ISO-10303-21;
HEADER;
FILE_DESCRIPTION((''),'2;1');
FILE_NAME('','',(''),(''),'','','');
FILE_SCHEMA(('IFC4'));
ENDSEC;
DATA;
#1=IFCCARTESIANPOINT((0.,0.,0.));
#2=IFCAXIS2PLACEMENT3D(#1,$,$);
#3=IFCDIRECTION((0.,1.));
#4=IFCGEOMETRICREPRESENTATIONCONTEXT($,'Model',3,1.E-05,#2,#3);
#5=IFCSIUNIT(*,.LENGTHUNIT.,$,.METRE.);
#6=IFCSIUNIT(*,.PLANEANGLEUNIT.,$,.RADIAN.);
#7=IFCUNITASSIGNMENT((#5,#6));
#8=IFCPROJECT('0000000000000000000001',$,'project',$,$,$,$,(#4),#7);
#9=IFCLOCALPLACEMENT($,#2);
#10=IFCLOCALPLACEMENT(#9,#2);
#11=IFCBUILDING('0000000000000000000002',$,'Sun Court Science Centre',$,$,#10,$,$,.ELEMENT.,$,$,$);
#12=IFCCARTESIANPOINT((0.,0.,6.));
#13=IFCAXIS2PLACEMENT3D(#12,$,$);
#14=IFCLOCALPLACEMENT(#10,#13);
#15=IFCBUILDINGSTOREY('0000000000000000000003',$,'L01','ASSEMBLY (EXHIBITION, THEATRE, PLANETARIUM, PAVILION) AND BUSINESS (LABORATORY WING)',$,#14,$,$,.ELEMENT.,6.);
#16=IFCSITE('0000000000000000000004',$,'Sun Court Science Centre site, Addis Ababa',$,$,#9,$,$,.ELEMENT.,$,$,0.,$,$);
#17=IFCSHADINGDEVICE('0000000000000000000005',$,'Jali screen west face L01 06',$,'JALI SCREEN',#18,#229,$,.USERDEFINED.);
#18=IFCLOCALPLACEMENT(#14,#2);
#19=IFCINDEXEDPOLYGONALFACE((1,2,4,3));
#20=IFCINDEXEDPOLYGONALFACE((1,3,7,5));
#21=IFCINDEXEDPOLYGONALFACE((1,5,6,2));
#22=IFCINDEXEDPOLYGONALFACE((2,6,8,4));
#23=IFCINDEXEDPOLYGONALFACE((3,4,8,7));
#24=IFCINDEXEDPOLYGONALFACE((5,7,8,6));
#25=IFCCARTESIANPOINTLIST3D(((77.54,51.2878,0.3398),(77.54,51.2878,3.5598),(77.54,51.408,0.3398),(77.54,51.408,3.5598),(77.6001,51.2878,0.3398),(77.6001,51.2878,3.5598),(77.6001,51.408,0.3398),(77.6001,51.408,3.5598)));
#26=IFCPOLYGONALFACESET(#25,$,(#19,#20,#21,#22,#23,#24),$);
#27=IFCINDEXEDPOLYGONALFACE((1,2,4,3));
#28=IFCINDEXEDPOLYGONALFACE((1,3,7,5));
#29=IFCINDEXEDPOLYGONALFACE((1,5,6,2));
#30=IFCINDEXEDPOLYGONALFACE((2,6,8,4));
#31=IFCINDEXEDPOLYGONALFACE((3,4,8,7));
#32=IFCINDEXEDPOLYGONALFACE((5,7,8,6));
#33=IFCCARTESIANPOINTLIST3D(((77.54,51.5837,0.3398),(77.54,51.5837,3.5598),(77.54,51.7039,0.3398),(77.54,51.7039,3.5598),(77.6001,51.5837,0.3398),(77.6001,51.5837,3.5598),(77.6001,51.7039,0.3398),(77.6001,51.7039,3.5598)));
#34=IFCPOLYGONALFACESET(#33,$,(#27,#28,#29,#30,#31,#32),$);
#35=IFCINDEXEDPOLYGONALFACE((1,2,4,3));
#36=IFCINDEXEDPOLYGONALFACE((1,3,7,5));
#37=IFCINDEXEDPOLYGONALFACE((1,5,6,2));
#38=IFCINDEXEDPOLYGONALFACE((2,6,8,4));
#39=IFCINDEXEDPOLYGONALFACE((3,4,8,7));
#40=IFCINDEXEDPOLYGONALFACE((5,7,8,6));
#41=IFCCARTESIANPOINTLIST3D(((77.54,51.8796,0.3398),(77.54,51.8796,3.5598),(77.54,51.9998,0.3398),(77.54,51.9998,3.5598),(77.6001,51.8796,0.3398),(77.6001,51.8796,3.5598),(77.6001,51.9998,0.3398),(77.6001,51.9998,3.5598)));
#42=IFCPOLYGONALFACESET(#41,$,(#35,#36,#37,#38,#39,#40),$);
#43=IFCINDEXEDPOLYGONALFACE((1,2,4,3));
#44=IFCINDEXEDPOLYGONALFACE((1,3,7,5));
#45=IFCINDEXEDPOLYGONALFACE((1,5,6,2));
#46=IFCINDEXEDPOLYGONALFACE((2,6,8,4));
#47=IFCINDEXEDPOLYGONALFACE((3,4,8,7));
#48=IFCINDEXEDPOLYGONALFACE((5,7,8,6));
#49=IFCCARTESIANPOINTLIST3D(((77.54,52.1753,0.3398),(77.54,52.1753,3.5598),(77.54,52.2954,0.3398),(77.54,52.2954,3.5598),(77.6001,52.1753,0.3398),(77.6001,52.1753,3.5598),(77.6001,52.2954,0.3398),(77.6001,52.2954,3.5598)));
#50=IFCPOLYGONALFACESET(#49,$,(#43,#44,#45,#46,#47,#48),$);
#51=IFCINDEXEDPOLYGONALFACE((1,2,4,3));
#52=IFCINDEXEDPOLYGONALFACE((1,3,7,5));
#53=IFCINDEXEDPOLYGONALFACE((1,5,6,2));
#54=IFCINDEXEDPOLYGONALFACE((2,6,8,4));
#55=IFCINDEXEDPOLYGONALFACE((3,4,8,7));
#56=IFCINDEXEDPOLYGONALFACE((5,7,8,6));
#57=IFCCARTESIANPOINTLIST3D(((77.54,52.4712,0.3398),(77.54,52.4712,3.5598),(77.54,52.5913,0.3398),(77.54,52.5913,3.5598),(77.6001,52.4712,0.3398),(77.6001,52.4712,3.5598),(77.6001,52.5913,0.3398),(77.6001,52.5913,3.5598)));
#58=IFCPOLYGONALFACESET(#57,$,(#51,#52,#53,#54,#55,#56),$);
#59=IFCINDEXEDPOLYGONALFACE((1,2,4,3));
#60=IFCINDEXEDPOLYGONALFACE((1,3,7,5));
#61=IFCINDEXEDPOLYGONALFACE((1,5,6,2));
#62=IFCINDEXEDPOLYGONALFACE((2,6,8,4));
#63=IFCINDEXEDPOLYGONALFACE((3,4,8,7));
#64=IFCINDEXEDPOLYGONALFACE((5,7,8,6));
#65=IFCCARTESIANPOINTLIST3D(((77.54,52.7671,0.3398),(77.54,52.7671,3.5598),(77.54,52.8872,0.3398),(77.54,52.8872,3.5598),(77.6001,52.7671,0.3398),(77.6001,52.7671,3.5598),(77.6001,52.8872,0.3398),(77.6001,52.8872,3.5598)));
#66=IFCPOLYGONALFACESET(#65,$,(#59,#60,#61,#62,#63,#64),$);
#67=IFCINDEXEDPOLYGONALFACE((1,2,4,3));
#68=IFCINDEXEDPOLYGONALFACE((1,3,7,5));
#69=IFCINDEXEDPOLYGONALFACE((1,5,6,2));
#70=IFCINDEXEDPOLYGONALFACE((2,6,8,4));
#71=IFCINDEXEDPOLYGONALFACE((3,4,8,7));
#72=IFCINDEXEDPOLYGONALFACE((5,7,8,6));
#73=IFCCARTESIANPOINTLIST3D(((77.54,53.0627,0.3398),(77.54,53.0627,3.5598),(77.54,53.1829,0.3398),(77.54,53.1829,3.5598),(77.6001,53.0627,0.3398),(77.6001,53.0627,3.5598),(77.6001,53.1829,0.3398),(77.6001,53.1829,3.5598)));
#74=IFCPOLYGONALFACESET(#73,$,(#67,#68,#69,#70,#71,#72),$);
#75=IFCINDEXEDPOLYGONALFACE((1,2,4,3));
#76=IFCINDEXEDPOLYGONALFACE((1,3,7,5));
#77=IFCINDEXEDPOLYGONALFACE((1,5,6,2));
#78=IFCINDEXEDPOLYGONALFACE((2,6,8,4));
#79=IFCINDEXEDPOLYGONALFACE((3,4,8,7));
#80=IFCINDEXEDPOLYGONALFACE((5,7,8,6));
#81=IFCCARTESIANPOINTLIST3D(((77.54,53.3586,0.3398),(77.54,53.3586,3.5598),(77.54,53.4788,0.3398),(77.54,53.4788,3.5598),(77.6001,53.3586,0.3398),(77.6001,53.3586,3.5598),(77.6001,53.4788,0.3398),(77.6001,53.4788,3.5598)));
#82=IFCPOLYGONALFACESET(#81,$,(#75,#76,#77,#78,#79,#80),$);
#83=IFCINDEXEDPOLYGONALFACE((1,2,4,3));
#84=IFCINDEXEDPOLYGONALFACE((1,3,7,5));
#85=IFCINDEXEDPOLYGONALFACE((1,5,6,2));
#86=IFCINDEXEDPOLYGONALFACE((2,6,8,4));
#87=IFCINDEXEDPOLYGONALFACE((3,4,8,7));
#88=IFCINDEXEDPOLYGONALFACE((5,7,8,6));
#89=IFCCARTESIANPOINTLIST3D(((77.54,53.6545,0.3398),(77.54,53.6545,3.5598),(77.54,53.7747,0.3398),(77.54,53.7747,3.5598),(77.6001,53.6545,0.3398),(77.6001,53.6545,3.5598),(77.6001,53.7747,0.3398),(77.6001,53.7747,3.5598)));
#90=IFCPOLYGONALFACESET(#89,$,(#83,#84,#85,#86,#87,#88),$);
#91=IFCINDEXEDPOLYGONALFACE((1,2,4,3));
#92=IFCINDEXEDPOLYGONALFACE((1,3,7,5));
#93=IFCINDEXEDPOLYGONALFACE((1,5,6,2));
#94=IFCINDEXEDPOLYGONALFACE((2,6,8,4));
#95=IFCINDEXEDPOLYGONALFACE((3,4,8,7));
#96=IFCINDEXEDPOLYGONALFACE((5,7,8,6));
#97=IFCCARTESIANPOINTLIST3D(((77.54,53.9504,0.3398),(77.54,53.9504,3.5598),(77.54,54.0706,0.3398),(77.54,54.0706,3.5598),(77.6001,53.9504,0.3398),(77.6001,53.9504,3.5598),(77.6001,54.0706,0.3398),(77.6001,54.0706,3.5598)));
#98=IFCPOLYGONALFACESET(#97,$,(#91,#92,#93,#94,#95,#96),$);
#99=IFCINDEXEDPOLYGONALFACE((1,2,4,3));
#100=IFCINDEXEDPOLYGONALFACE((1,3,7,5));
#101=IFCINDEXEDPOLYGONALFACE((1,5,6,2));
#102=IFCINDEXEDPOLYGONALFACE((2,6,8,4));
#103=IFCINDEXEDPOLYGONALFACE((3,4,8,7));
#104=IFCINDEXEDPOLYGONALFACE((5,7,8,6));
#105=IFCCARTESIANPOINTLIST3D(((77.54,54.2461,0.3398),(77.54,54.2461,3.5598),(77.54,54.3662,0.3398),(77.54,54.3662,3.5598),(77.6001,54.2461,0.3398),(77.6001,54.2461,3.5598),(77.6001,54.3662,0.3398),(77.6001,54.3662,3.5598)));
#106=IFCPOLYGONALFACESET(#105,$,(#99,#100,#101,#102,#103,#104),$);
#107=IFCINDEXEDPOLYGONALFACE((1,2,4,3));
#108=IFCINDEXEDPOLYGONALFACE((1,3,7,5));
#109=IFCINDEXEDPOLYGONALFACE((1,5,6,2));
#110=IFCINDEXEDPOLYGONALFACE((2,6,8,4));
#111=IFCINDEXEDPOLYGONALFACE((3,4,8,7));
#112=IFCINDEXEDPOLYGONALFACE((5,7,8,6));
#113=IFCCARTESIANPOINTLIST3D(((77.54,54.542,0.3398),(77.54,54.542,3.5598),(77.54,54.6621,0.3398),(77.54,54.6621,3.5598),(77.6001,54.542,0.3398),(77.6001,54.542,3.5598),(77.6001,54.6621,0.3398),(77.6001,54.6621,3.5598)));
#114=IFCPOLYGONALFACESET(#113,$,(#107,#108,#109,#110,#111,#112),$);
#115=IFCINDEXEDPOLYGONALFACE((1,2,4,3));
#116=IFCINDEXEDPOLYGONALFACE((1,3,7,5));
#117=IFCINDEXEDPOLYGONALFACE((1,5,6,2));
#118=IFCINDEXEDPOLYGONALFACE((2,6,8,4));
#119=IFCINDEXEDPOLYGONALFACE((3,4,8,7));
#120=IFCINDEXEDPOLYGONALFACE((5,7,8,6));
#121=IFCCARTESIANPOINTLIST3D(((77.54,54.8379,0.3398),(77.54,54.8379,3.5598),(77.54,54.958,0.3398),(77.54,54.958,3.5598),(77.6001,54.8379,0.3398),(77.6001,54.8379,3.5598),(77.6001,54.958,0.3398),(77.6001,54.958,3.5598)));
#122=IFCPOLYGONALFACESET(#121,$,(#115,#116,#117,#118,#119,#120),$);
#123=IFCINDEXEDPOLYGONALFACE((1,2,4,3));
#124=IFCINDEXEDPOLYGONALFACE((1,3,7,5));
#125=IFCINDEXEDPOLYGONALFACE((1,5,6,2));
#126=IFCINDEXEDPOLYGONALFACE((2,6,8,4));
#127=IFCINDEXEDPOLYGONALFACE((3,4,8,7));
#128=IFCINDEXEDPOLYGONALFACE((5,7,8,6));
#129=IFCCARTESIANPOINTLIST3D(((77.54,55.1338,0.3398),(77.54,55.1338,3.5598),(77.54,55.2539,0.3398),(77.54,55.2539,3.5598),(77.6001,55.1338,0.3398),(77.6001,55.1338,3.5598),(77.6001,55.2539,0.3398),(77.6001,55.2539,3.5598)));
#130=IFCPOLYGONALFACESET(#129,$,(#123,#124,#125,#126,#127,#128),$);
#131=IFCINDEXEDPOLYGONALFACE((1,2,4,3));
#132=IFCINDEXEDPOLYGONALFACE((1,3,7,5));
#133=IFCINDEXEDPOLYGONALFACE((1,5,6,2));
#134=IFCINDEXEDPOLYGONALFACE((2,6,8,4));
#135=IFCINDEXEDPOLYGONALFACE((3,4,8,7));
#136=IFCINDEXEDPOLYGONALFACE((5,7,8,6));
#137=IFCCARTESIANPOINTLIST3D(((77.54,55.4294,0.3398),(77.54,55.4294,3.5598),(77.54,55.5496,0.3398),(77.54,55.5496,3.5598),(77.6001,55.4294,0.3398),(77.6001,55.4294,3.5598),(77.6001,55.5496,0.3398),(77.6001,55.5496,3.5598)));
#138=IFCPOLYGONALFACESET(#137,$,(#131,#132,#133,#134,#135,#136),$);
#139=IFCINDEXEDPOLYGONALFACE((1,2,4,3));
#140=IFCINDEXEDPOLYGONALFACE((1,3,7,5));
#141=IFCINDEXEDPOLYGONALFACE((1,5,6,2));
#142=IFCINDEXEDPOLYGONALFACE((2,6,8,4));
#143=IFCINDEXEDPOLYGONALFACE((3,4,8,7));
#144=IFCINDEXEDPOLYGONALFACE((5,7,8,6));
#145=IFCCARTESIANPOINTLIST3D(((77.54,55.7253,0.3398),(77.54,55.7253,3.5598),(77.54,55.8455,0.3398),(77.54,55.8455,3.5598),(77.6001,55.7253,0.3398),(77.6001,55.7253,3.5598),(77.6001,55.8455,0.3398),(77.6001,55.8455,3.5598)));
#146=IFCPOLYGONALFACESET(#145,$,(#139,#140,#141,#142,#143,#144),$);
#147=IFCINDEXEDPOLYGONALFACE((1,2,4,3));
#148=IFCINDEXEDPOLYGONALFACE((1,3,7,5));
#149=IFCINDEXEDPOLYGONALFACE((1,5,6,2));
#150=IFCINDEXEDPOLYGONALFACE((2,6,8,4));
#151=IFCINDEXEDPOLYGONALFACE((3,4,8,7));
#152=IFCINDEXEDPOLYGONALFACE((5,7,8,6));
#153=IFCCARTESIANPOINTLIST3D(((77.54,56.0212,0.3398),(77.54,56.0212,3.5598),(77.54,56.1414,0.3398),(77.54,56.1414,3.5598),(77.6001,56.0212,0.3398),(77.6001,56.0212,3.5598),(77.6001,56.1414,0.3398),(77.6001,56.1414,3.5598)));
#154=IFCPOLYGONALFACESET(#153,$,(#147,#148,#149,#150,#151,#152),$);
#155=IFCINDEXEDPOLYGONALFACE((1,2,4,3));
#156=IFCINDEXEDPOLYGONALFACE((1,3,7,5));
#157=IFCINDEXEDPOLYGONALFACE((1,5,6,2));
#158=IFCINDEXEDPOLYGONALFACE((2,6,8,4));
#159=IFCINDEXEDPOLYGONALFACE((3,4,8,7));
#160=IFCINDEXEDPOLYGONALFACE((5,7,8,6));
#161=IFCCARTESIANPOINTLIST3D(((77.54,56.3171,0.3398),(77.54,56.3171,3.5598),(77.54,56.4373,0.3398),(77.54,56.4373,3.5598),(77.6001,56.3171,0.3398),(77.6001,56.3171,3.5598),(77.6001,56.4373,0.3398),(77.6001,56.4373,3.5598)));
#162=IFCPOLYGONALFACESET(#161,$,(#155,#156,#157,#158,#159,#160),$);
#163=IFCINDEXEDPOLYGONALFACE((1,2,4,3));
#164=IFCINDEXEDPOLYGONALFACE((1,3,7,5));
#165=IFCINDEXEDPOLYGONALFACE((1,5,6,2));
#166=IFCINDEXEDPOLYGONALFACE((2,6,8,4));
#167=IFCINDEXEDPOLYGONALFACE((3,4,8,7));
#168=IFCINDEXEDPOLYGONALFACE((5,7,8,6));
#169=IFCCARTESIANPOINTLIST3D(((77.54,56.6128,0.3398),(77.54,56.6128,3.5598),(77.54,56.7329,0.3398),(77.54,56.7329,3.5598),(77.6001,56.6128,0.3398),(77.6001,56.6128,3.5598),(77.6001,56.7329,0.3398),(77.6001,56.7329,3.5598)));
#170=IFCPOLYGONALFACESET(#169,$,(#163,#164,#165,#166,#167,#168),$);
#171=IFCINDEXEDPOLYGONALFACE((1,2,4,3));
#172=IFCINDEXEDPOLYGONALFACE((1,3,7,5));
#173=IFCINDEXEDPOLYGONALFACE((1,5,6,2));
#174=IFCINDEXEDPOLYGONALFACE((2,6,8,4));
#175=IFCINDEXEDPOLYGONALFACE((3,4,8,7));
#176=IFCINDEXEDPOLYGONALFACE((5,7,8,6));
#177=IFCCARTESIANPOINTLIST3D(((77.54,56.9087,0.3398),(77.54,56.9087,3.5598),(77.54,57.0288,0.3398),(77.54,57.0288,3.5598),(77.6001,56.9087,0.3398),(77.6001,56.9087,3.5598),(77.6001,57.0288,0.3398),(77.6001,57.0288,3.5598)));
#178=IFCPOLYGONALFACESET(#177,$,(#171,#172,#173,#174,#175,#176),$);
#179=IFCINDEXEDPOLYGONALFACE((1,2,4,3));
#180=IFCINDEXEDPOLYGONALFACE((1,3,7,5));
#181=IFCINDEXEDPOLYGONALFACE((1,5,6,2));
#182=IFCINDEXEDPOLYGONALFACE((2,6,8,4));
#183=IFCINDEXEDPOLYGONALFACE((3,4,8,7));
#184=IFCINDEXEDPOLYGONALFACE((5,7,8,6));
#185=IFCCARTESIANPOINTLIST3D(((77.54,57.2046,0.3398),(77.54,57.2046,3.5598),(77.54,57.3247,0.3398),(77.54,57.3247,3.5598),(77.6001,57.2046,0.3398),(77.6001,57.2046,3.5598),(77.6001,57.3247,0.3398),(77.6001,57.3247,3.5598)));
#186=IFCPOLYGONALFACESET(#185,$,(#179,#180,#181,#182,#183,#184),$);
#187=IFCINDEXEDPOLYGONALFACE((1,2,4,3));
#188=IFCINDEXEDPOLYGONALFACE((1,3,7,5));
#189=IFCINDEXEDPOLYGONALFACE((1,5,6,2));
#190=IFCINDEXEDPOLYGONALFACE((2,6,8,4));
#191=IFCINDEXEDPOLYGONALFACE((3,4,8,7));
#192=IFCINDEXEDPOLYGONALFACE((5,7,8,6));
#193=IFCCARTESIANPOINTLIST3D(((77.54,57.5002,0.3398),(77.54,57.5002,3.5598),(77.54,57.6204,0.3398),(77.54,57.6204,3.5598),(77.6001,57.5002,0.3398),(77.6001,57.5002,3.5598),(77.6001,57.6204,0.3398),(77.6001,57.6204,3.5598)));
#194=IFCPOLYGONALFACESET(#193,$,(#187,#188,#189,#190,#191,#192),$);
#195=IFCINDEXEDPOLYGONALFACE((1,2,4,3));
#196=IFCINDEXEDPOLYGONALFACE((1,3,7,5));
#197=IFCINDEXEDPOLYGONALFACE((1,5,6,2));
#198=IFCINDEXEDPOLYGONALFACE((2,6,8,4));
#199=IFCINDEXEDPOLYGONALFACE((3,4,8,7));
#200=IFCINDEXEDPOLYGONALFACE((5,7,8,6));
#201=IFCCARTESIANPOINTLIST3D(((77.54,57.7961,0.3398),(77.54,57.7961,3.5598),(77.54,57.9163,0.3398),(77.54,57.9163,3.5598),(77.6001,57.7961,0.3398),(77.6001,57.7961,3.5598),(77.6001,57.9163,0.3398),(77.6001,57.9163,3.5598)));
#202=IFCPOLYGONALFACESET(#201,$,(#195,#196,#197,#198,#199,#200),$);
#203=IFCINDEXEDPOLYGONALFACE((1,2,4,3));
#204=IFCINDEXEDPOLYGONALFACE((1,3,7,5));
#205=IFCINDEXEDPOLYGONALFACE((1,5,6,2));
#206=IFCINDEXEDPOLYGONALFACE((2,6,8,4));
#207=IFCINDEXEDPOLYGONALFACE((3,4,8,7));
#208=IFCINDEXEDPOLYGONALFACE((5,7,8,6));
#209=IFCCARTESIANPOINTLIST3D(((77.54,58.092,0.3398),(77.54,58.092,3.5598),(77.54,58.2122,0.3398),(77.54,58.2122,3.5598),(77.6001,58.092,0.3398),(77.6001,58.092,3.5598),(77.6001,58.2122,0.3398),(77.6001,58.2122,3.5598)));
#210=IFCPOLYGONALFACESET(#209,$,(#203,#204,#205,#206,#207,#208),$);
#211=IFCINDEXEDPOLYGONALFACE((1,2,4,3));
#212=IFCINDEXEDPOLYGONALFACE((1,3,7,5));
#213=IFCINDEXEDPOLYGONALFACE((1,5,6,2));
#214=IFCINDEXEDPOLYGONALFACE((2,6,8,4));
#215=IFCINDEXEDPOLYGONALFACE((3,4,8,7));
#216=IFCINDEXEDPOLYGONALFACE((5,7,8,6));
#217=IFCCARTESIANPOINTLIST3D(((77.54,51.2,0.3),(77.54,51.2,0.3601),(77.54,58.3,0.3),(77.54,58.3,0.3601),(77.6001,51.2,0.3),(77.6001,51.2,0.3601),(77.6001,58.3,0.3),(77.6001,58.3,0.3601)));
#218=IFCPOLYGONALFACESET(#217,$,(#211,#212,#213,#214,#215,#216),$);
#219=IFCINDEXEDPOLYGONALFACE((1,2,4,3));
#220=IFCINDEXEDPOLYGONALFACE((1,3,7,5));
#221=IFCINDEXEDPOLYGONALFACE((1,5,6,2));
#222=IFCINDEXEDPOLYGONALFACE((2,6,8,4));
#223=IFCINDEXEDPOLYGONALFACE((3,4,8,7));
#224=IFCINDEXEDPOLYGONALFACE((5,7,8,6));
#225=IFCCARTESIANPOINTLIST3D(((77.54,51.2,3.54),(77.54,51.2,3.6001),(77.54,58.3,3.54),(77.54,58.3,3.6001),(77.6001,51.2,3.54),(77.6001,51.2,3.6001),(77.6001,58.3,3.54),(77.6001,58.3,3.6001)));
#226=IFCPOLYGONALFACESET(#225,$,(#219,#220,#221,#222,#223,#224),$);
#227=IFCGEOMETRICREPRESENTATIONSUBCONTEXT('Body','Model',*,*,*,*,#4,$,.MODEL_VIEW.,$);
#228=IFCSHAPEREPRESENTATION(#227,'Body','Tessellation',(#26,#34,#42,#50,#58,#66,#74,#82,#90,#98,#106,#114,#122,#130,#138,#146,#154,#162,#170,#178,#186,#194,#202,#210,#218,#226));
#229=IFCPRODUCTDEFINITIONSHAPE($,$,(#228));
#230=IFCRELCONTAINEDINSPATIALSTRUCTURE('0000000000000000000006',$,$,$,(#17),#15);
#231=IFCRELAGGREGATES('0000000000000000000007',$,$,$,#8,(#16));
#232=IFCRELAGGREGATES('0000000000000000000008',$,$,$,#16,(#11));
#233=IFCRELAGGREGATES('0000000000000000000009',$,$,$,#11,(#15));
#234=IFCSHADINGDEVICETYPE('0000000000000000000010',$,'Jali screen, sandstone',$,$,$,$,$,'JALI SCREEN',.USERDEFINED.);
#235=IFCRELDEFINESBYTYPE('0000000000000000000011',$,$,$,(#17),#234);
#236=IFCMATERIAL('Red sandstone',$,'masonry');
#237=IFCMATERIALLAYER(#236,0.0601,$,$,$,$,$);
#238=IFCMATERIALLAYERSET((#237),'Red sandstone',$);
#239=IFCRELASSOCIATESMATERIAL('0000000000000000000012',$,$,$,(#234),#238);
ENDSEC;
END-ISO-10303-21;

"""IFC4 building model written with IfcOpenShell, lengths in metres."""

from ifc_helpers import new_model, si_unit, direction, frame, origin, origin_2d, place, context, subcontext, project, spatial, rectangle, extrude, material, layer, layer_set, type_object, element, save


model = new_model("IFC4")

# Units and contexts
model_context = context("Model", 3, precision=1e-05, world=origin(), true_north=direction((0.0, 1.0)))
body_context = subcontext(model_context, "Body", "Model", "MODEL_VIEW")
ifc_project = project(units=[si_unit("LENGTHUNIT", "METRE"), si_unit("PLANEANGLEUNIT", "RADIAN")], contexts=[model_context])

# Site, building, storey
site_placement = place(None, origin())
site = spatial("IfcSite", under=ifc_project, at=site_placement, Name="Sun Court Science Centre site, Addis Ababa", CompositionType="ELEMENT", RefElevation=0.0)
building_placement = place(site_placement, origin())
building = spatial("IfcBuilding", under=site, at=building_placement, Name="Sun Court Science Centre", CompositionType="ELEMENT")
storey_placement = place(building_placement, frame((0.0, 0.0, 6.0)))
storey = spatial("IfcBuildingStorey", under=building, at=storey_placement, Name="L01", Description="ASSEMBLY (EXHIBITION, THEATRE, PLANETARIUM, PAVILION) AND BUSINESS (LABORATORY WING)", CompositionType="ELEMENT", Elevation=6.0)

# Shading device
ifc_material_1 = material(Name="Red sandstone", Category="masonry")
ifc_layer_1 = layer(ifc_material_1, 0.0601)
ifc_layer_set_1 = layer_set([ifc_layer_1], Name="Red sandstone")
shading_device_type = type_object("IfcShadingDeviceType", Name="Jali screen, sandstone", ElementType="JALI SCREEN", PredefinedType="USERDEFINED", material=ifc_layer_set_1)
shading_device_1_placement = place(storey_placement, frame((0.0, 0.0, -6.0)))
element("IfcShadingDevice", 1, at=shading_device_1_placement, inside=storey, type_object=shading_device_type, Name="Jali screen west face L01 06", ObjectType="JALI SCREEN", PredefinedType="USERDEFINED", context=body_context, shape_type="SweptSolid", body=[
    extrude(rectangle(XDim=0.1201, YDim=0.0601, at=origin_2d()), frame((77.5701, 51.3479, 6.3398), z_axis=(0.0, 0.0, 1.0), x_axis=(0.0, 1.0, 0.0)), (0.0, 0.0, 1.0), 3.22),
    extrude(rectangle(XDim=0.1201, YDim=0.0601, at=origin_2d()), frame((77.5701, 51.6438, 6.3398), z_axis=(0.0, 0.0, 1.0), x_axis=(0.0, 1.0, 0.0)), (0.0, 0.0, 1.0), 3.22),
    extrude(rectangle(XDim=0.1201, YDim=0.0601, at=origin_2d()), frame((77.5701, 51.9397, 6.3398), z_axis=(0.0, 0.0, 1.0), x_axis=(0.0, 1.0, 0.0)), (0.0, 0.0, 1.0), 3.22),
    extrude(rectangle(XDim=0.1201, YDim=0.0601, at=origin_2d()), frame((77.5701, 52.2354, 6.3398), z_axis=(0.0, 0.0, 1.0), x_axis=(0.0, 1.0, 0.0)), (0.0, 0.0, 1.0), 3.22),
    extrude(rectangle(XDim=0.1201, YDim=0.0601, at=origin_2d()), frame((77.5701, 52.5312, 6.3398), z_axis=(0.0, 0.0, 1.0), x_axis=(0.0, 1.0, 0.0)), (0.0, 0.0, 1.0), 3.22),
    extrude(rectangle(XDim=0.1201, YDim=0.0601, at=origin_2d()), frame((77.5701, 52.8271, 6.3398), z_axis=(0.0, 0.0, 1.0), x_axis=(0.0, 1.0, 0.0)), (0.0, 0.0, 1.0), 3.22),
    extrude(rectangle(XDim=0.1201, YDim=0.0601, at=origin_2d()), frame((77.5701, 53.1228, 6.3398), z_axis=(0.0, 0.0, 1.0), x_axis=(0.0, 1.0, 0.0)), (0.0, 0.0, 1.0), 3.22),
    extrude(rectangle(XDim=0.1201, YDim=0.0601, at=origin_2d()), frame((77.5701, 53.4187, 6.3398), z_axis=(0.0, 0.0, 1.0), x_axis=(0.0, 1.0, 0.0)), (0.0, 0.0, 1.0), 3.22),
    extrude(rectangle(XDim=0.1201, YDim=0.0601, at=origin_2d()), frame((77.5701, 53.7146, 6.3398), z_axis=(0.0, 0.0, 1.0), x_axis=(0.0, 1.0, 0.0)), (0.0, 0.0, 1.0), 3.22),
    extrude(rectangle(XDim=0.1201, YDim=0.0601, at=origin_2d()), frame((77.5701, 54.0105, 6.3398), z_axis=(0.0, 0.0, 1.0), x_axis=(0.0, 1.0, 0.0)), (0.0, 0.0, 1.0), 3.22),
    extrude(rectangle(XDim=0.1201, YDim=0.0601, at=origin_2d()), frame((77.5701, 54.3062, 6.3398), z_axis=(0.0, 0.0, 1.0), x_axis=(0.0, 1.0, 0.0)), (0.0, 0.0, 1.0), 3.22),
    extrude(rectangle(XDim=0.1201, YDim=0.0601, at=origin_2d()), frame((77.5701, 54.6021, 6.3398), z_axis=(0.0, 0.0, 1.0), x_axis=(0.0, 1.0, 0.0)), (0.0, 0.0, 1.0), 3.22),
    extrude(rectangle(XDim=0.1201, YDim=0.0601, at=origin_2d()), frame((77.5701, 54.8979, 6.3398), z_axis=(0.0, 0.0, 1.0), x_axis=(0.0, 1.0, 0.0)), (0.0, 0.0, 1.0), 3.22),
    extrude(rectangle(XDim=0.1201, YDim=0.0601, at=origin_2d()), frame((77.5701, 55.1938, 6.3398), z_axis=(0.0, 0.0, 1.0), x_axis=(0.0, 1.0, 0.0)), (0.0, 0.0, 1.0), 3.22),
    extrude(rectangle(XDim=0.1201, YDim=0.0601, at=origin_2d()), frame((77.5701, 55.4895, 6.3398), z_axis=(0.0, 0.0, 1.0), x_axis=(0.0, 1.0, 0.0)), (0.0, 0.0, 1.0), 3.22),
    extrude(rectangle(XDim=0.1201, YDim=0.0601, at=origin_2d()), frame((77.5701, 55.7854, 6.3398), z_axis=(0.0, 0.0, 1.0), x_axis=(0.0, 1.0, 0.0)), (0.0, 0.0, 1.0), 3.22),
    extrude(rectangle(XDim=0.1201, YDim=0.0601, at=origin_2d()), frame((77.5701, 56.0813, 6.3398), z_axis=(0.0, 0.0, 1.0), x_axis=(0.0, 1.0, 0.0)), (0.0, 0.0, 1.0), 3.22),
    extrude(rectangle(XDim=0.1201, YDim=0.0601, at=origin_2d()), frame((77.5701, 56.3772, 6.3398), z_axis=(0.0, 0.0, 1.0), x_axis=(0.0, 1.0, 0.0)), (0.0, 0.0, 1.0), 3.22),
    extrude(rectangle(XDim=0.1201, YDim=0.0601, at=origin_2d()), frame((77.5701, 56.6729, 6.3398), z_axis=(0.0, 0.0, 1.0), x_axis=(0.0, 1.0, 0.0)), (0.0, 0.0, 1.0), 3.22),
    extrude(rectangle(XDim=0.1201, YDim=0.0601, at=origin_2d()), frame((77.5701, 56.9688, 6.3398), z_axis=(0.0, 0.0, 1.0), x_axis=(0.0, 1.0, 0.0)), (0.0, 0.0, 1.0), 3.22),
    extrude(rectangle(XDim=0.1201, YDim=0.0601, at=origin_2d()), frame((77.5701, 57.2646, 6.3398), z_axis=(0.0, 0.0, 1.0), x_axis=(0.0, 1.0, 0.0)), (0.0, 0.0, 1.0), 3.22),
    extrude(rectangle(XDim=0.1201, YDim=0.0601, at=origin_2d()), frame((77.5701, 57.5603, 6.3398), z_axis=(0.0, 0.0, 1.0), x_axis=(0.0, 1.0, 0.0)), (0.0, 0.0, 1.0), 3.22),
    extrude(rectangle(XDim=0.1201, YDim=0.0601, at=origin_2d()), frame((77.5701, 57.8562, 6.3398), z_axis=(0.0, 0.0, 1.0), x_axis=(0.0, 1.0, 0.0)), (0.0, 0.0, 1.0), 3.22),
    extrude(rectangle(XDim=0.1201, YDim=0.0601, at=origin_2d()), frame((77.5701, 58.1521, 6.3398), z_axis=(0.0, 0.0, 1.0), x_axis=(0.0, 1.0, 0.0)), (0.0, 0.0, 1.0), 3.22),
    extrude(rectangle(XDim=7.1001, YDim=0.0601, at=origin_2d()), frame((77.5701, 54.75, 6.3), z_axis=(0.0, 0.0, 1.0), x_axis=(0.0, 1.0, 0.0)), (0.0, 0.0, 1.0), 0.0601),
    extrude(rectangle(XDim=7.1001, YDim=0.0601, at=origin_2d()), frame((77.5701, 54.75, 9.54), z_axis=(0.0, 0.0, 1.0), x_axis=(0.0, 1.0, 0.0)), (0.0, 0.0, 1.0), 0.0601),
])

save(model, "model.ifc")
